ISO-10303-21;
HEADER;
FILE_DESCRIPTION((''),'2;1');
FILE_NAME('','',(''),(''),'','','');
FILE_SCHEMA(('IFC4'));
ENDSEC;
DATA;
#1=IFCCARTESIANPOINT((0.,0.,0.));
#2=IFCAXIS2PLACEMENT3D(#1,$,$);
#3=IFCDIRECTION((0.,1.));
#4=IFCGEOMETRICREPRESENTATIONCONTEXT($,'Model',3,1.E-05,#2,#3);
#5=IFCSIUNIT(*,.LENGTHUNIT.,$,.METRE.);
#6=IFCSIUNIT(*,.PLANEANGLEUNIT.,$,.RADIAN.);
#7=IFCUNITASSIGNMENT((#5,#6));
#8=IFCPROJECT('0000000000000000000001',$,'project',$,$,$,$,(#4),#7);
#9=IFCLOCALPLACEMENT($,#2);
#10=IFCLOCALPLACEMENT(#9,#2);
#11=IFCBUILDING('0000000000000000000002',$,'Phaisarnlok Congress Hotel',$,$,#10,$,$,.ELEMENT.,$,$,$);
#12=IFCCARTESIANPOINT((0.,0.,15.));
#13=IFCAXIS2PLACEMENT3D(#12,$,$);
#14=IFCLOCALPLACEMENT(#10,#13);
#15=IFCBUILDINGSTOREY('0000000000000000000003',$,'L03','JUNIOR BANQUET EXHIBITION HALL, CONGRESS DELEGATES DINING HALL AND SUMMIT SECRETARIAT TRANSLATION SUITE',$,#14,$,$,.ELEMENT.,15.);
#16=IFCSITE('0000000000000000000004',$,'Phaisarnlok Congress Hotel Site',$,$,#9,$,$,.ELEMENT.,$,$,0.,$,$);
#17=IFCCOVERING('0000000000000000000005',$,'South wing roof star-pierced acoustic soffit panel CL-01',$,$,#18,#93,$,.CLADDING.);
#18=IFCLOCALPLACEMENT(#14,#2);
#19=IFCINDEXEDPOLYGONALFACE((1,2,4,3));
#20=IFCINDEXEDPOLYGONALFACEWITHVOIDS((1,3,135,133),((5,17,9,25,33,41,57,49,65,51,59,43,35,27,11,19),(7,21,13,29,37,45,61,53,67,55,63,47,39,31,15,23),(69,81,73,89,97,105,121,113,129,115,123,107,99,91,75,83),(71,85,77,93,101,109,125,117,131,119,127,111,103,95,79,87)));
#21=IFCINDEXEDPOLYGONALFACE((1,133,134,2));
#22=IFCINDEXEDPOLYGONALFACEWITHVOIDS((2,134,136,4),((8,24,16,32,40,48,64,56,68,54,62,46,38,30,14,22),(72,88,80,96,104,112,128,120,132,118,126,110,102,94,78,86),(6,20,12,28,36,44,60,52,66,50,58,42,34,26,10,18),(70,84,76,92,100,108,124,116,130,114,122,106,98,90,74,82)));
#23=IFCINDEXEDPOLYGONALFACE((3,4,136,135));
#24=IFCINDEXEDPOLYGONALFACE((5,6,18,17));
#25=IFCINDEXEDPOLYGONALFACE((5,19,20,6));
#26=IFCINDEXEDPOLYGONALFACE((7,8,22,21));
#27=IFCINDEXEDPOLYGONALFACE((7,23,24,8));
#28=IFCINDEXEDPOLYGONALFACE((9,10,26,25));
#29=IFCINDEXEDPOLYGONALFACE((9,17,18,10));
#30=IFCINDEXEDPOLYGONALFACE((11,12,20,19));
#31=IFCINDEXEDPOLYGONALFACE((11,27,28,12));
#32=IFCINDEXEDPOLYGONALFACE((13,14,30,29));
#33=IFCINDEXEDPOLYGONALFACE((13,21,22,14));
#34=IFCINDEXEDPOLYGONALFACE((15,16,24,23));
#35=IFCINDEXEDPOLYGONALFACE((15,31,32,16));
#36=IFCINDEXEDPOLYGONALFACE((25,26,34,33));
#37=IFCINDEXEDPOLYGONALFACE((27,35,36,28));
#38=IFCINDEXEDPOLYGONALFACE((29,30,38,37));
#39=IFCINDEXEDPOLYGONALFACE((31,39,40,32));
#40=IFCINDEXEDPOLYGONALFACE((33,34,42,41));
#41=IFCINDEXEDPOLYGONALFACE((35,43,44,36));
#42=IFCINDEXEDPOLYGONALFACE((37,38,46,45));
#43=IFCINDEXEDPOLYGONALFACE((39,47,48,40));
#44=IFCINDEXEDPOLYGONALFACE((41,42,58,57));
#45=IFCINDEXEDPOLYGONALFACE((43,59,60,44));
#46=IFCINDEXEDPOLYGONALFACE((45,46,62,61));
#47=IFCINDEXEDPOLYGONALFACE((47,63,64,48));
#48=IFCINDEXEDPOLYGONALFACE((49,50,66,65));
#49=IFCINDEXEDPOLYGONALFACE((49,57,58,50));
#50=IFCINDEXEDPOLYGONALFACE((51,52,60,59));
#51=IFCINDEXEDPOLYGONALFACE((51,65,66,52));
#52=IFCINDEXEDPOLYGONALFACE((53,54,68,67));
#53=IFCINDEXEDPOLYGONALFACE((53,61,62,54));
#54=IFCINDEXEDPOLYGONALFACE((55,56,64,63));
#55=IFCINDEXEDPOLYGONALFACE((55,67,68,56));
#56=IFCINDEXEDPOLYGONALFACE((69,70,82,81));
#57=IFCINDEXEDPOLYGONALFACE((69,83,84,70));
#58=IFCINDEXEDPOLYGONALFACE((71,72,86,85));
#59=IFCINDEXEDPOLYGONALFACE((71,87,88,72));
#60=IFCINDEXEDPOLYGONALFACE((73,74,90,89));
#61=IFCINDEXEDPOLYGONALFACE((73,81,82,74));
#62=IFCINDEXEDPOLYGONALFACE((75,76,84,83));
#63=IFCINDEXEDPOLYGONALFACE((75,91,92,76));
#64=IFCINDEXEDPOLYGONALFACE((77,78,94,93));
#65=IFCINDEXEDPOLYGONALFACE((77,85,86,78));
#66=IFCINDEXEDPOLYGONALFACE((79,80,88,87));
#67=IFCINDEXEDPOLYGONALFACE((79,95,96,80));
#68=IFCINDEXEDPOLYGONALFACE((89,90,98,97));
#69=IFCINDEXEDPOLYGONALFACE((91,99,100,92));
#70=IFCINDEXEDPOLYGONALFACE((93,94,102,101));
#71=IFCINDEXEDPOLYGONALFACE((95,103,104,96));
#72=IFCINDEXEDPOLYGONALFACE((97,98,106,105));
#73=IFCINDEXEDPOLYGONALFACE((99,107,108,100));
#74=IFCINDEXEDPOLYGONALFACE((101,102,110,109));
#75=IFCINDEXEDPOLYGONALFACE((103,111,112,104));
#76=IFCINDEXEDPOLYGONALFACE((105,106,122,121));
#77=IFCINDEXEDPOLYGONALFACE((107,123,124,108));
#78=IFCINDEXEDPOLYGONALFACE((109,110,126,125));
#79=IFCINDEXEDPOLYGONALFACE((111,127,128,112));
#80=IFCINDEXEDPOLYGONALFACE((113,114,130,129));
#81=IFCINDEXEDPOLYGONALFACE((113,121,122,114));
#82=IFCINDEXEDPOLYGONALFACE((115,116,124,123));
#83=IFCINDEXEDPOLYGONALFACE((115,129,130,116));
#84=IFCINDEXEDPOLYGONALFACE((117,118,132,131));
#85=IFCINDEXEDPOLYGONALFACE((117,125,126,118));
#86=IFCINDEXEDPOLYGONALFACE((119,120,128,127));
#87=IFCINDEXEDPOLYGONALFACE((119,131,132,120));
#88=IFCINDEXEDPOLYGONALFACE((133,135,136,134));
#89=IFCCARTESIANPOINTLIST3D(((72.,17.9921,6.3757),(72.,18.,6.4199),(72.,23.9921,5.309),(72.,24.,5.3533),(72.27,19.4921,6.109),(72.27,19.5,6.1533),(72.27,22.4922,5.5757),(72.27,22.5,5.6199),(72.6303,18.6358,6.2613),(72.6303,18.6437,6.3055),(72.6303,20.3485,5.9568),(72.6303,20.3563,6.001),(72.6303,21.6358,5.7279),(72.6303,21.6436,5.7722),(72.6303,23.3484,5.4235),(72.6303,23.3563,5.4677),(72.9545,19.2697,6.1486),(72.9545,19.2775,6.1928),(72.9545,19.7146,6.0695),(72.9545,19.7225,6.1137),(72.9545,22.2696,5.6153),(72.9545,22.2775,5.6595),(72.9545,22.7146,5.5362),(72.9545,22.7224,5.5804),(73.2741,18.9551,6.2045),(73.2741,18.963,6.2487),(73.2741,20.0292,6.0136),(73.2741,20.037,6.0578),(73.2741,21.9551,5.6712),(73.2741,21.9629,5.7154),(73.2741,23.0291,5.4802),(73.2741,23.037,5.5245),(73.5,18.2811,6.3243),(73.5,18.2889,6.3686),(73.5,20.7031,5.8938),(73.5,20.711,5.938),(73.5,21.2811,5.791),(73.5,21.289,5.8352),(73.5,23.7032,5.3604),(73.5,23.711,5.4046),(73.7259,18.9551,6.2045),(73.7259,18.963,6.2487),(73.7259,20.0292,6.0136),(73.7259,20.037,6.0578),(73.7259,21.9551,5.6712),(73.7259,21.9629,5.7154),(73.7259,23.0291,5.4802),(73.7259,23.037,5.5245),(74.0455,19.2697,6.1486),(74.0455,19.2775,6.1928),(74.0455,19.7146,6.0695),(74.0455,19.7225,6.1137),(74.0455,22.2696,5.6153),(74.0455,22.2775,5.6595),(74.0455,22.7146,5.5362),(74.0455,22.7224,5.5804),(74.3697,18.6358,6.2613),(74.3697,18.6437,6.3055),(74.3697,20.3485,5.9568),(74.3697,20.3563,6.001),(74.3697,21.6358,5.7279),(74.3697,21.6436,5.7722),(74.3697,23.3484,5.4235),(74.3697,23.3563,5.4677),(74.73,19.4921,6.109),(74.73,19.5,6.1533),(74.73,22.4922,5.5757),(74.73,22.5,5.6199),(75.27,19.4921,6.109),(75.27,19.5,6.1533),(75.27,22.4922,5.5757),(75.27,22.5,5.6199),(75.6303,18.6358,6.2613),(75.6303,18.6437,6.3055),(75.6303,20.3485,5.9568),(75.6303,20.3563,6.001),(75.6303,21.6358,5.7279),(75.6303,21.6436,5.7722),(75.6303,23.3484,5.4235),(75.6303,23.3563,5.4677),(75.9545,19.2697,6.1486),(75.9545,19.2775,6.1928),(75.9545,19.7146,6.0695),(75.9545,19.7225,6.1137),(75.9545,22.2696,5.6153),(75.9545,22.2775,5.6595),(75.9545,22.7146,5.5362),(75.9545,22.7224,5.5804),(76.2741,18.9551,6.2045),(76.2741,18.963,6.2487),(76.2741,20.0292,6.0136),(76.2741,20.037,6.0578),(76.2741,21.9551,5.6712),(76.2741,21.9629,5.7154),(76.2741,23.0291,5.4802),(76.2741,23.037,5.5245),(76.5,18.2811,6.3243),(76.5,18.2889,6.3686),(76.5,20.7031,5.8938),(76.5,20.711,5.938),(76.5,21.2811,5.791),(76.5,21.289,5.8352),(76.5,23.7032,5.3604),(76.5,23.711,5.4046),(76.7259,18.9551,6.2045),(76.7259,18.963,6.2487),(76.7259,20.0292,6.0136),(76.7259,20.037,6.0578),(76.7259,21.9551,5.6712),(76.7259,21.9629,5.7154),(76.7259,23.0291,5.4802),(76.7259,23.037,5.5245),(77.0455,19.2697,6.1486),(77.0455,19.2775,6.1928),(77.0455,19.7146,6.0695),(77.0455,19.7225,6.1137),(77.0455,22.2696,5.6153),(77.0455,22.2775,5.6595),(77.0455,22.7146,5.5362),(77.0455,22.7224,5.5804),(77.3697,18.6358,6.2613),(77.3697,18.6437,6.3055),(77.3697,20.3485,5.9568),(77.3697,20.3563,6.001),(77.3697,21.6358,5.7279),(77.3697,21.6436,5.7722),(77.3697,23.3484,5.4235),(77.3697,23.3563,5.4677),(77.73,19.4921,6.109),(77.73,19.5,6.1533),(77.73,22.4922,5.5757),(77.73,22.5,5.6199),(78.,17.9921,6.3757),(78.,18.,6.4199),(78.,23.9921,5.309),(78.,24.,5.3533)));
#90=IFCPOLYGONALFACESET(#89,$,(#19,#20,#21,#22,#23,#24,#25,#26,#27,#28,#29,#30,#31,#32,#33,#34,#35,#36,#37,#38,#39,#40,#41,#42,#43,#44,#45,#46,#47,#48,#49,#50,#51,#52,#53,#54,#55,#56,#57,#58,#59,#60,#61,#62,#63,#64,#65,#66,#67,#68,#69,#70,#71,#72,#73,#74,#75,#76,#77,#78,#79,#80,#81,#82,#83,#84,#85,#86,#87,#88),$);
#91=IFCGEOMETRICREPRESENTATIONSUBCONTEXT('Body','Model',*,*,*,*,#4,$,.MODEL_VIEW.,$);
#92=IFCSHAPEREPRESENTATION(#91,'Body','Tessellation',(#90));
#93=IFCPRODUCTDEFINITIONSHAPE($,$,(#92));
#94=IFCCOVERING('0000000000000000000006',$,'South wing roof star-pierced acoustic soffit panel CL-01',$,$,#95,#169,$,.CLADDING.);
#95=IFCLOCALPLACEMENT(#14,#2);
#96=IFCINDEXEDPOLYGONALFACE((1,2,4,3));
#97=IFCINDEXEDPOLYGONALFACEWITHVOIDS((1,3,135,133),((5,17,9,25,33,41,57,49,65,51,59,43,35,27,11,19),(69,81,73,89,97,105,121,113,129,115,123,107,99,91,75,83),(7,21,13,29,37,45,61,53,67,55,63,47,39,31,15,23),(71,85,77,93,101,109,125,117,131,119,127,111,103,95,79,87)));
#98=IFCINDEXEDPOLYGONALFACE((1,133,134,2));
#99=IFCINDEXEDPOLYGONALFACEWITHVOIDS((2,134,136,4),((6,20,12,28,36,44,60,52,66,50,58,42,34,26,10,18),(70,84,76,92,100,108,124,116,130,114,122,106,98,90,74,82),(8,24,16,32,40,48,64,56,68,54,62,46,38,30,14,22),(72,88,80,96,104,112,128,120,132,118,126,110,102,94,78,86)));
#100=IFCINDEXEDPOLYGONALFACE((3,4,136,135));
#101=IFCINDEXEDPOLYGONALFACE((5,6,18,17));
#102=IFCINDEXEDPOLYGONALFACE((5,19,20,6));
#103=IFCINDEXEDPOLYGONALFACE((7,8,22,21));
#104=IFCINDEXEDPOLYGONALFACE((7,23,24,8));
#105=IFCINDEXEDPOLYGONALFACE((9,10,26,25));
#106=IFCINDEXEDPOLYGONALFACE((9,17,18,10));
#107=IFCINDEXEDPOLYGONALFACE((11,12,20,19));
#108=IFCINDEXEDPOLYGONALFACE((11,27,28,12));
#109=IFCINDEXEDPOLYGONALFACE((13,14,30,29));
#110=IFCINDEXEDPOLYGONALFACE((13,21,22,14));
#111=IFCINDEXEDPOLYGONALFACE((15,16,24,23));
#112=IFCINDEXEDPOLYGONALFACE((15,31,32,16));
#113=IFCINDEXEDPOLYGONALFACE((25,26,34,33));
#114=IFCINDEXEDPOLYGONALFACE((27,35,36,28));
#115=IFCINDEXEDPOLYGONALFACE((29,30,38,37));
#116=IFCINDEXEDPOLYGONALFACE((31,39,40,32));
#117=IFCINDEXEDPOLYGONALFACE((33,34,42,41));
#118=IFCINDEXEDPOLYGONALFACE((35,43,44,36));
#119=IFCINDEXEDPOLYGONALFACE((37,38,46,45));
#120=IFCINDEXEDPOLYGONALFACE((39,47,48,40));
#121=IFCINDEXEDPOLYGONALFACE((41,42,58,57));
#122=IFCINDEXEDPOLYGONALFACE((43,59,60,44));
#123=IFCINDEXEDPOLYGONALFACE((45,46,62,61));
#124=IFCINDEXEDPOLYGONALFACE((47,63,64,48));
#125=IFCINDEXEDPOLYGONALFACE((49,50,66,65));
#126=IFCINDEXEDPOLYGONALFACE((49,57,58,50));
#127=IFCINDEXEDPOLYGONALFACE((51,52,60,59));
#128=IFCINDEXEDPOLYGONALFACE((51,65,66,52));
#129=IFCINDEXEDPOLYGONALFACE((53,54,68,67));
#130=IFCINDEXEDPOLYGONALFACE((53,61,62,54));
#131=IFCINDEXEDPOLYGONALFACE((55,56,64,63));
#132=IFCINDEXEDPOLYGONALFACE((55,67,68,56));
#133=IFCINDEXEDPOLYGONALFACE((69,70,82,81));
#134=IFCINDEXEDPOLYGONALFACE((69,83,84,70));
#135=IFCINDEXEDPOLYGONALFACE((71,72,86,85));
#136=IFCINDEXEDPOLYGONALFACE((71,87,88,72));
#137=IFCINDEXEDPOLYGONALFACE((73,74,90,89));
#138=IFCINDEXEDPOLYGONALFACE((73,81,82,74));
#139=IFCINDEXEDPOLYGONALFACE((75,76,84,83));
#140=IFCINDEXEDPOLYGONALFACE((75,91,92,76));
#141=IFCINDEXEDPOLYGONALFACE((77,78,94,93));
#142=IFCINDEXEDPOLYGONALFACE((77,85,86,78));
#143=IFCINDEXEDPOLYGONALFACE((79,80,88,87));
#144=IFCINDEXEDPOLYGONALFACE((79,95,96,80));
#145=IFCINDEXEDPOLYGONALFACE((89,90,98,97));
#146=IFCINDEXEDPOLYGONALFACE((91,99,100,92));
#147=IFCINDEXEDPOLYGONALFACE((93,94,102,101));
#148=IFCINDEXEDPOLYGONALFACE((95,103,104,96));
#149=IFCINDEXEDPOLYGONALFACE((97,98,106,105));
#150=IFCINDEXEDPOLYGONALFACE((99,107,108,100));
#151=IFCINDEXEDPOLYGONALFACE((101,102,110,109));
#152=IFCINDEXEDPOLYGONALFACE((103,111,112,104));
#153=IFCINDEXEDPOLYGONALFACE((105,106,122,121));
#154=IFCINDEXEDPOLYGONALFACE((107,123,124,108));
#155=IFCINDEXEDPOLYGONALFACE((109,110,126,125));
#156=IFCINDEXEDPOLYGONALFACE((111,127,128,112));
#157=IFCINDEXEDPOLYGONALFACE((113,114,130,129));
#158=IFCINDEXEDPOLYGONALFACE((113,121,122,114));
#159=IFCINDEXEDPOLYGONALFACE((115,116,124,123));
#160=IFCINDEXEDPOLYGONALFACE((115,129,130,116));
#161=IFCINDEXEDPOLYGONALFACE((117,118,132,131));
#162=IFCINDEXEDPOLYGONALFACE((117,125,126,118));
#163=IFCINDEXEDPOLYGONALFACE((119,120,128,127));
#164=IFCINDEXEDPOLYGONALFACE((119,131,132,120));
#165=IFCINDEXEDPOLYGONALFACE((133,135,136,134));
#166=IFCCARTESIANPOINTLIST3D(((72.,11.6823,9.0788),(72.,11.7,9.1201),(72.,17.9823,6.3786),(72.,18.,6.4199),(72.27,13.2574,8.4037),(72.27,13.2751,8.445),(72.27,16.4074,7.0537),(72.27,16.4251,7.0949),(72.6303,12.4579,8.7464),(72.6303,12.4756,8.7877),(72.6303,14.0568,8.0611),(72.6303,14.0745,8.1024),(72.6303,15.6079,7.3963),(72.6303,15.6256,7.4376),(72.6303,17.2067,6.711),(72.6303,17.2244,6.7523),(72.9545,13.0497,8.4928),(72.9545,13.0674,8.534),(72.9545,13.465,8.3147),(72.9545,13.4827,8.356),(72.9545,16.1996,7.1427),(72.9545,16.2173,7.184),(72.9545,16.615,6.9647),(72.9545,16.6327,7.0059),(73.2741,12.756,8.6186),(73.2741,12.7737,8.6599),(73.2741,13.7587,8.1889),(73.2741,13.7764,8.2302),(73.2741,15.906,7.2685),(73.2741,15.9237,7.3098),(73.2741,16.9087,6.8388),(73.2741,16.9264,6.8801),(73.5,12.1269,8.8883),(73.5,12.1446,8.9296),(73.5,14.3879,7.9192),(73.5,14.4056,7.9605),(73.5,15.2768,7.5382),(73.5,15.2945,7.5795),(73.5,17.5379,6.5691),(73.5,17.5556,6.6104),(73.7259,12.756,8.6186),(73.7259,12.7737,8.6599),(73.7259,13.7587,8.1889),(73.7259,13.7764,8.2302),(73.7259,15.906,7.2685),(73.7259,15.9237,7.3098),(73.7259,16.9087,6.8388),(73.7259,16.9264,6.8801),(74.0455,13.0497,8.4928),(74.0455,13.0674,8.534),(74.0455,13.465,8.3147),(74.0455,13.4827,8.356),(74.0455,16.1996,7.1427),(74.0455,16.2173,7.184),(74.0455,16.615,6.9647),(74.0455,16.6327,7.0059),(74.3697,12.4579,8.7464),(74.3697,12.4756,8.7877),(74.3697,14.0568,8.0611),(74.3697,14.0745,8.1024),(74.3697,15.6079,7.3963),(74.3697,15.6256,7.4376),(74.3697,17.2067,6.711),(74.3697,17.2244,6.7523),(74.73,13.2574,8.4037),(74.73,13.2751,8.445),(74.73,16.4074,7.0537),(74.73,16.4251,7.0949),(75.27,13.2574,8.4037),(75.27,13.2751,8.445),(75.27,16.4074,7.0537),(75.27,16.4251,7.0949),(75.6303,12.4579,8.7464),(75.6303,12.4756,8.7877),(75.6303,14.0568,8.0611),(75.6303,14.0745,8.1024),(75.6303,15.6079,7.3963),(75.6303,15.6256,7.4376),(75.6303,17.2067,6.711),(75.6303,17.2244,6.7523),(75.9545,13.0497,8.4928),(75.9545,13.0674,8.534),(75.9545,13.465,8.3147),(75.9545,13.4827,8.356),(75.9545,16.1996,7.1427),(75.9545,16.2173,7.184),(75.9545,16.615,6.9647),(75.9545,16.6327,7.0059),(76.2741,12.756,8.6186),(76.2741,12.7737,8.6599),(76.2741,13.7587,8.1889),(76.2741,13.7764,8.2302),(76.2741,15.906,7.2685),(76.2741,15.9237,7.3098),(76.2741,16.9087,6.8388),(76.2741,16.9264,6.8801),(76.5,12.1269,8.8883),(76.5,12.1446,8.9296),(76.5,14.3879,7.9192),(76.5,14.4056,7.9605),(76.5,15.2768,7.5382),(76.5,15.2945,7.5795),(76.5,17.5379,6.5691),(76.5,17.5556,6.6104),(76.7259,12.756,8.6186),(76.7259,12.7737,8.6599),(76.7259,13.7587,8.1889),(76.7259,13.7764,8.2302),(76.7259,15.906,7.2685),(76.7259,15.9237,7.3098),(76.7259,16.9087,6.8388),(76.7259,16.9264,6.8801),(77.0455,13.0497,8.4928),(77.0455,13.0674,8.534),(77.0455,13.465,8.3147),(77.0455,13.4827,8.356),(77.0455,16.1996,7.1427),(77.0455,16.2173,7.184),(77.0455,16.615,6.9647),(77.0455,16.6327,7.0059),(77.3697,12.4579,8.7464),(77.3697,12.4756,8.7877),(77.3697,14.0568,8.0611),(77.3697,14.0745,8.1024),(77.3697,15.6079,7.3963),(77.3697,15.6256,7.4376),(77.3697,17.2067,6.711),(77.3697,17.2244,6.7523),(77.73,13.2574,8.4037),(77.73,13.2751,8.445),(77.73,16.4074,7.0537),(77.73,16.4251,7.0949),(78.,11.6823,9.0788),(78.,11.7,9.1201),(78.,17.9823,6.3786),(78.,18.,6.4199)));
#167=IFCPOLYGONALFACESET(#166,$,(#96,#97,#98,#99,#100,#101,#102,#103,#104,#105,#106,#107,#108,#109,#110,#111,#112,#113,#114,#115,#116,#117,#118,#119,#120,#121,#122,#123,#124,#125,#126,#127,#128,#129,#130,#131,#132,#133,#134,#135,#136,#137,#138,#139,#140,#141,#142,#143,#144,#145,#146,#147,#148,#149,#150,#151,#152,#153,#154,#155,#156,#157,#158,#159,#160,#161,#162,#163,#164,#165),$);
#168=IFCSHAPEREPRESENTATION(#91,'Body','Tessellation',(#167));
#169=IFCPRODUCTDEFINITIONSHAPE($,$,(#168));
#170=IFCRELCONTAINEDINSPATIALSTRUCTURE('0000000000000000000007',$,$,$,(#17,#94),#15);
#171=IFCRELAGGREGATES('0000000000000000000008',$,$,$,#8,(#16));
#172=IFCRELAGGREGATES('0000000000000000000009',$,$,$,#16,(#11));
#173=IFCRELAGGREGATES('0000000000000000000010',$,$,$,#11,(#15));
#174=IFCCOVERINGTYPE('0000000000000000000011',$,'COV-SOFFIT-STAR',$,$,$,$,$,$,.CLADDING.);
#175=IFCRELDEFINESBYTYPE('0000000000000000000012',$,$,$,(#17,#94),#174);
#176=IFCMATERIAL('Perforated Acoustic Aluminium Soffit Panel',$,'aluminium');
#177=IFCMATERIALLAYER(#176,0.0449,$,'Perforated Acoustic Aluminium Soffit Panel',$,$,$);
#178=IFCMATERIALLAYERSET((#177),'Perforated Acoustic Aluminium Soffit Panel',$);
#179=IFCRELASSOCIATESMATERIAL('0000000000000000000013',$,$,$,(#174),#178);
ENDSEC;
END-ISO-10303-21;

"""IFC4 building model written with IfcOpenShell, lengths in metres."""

from ifc_helpers import new_model, si_unit, direction, frame, origin, place, context, subcontext, project, spatial, polyline, outline, extrude, material, layer, layer_set, type_object, element, save


model = new_model("IFC4")

# Units and contexts
model_context = context("Model", 3, precision=1e-05, world=origin(), true_north=direction((0.0, 1.0)))
body_context = subcontext(model_context, "Body", "Model", "MODEL_VIEW")
ifc_project = project(units=[si_unit("LENGTHUNIT", "METRE"), si_unit("PLANEANGLEUNIT", "RADIAN")], contexts=[model_context])

# Site, building, storey
site_placement = place(None, origin())
site = spatial("IfcSite", under=ifc_project, at=site_placement, Name="Phaisarnlok Congress Hotel Site", CompositionType="ELEMENT", RefElevation=0.0)
building_placement = place(site_placement, origin())
building = spatial("IfcBuilding", under=site, at=building_placement, Name="Phaisarnlok Congress Hotel", CompositionType="ELEMENT")
storey_placement = place(building_placement, frame((0.0, 0.0, 15.0)))
storey = spatial("IfcBuildingStorey", under=building, at=storey_placement, Name="L03", Description="JUNIOR BANQUET EXHIBITION HALL, CONGRESS DELEGATES DINING HALL AND SUMMIT SECRETARIAT TRANSLATION SUITE", CompositionType="ELEMENT", Elevation=15.0)

# Coverings
ifc_material_1 = material(Name="Perforated Acoustic Aluminium Soffit Panel", Category="aluminium")
ifc_layer_1 = layer(ifc_material_1, 0.0449, Name="Perforated Acoustic Aluminium Soffit Panel")
ifc_layer_set_1 = layer_set([ifc_layer_1], Name="Perforated Acoustic Aluminium Soffit Panel")
covering_type = type_object("IfcCoveringType", Name="COV-SOFFIT-STAR", PredefinedType="CLADDING", material=ifc_layer_set_1)
covering_1_placement = place(storey_placement, frame((72.0, 24.0, 5.3533), z_axis=(0.0, -0.175031, -0.984563), x_axis=(1.0, 0.0, 0.0)))
element("IfcCovering", 1, at=covering_1_placement, inside=storey, type_object=covering_type, Name="South wing roof star-pierced acoustic soffit panel CL-01", PredefinedType="CLADDING", context=body_context, shape_type="SweptSolid", body=[
    extrude(outline(polyline([(0.0, 0.0), (6.0, 0.0), (6.0, 6.0941), (0.0, 6.0941), (0.0, 0.0)]), holes=[polyline([(2.0455, 1.2976), (2.3697, 0.6538), (1.7259, 0.9781), (1.5, 0.2935), (1.2741, 0.9781), (0.6303, 0.6538), (0.9545, 1.2976), (0.27, 1.5235), (0.9545, 1.7495), (0.6303, 2.3933), (1.2741, 2.069), (1.5, 2.7535), (1.7259, 2.069), (2.3697, 2.3933), (2.0455, 1.7495), (2.73, 1.5235), (2.0455, 1.2976)]), polyline([(2.0455, 4.3446), (2.3697, 3.7008), (1.7259, 4.0251), (1.5, 3.3406), (1.2741, 4.0251), (0.6303, 3.7008), (0.9545, 4.3446), (0.27, 4.5706), (0.9545, 4.7965), (0.6303, 5.4403), (1.2741, 5.116), (1.5, 5.8006), (1.7259, 5.116), (2.3697, 5.4403), (2.0455, 4.7965), (2.73, 4.5706), (2.0455, 4.3446)]), polyline([(5.0455, 1.2976), (5.3697, 0.6538), (4.7259, 0.9781), (4.5, 0.2935), (4.2741, 0.9781), (3.6303, 0.6538), (3.9545, 1.2976), (3.27, 1.5235), (3.9545, 1.7495), (3.6303, 2.3933), (4.2741, 2.069), (4.5, 2.7535), (4.7259, 2.069), (5.3697, 2.3933), (5.0455, 1.7495), (5.73, 1.5235), (5.0455, 1.2976)]), polyline([(5.0455, 4.3446), (5.3697, 3.7008), (4.7259, 4.0251), (4.5, 3.3406), (4.2741, 4.0251), (3.6303, 3.7008), (3.9545, 4.3446), (3.27, 4.5706), (3.9545, 4.7965), (3.6303, 5.4403), (4.2741, 5.116), (4.5, 5.8006), (4.7259, 5.116), (5.3697, 5.4403), (5.0455, 4.7965), (5.73, 4.5706), (5.0455, 4.3446)])]), origin(), (0.0, 0.0, 1.0), 0.0449),
])
covering_2_placement = place(storey_placement, frame((72.0, 18.0, 6.4199), z_axis=(0.0, -0.393941, -0.919136), x_axis=(1.0, 0.0, 0.0)))
element("IfcCovering", 2, at=covering_2_placement, inside=storey, type_object=covering_type, Name="South wing roof star-pierced acoustic soffit panel CL-01", PredefinedType="CLADDING", context=body_context, shape_type="SweptSolid", body=[
    extrude(outline(polyline([(0.0, 0.0), (6.0, 0.0), (6.0, 6.8543), (0.0, 6.8543), (0.0, 0.0)]), holes=[polyline([(2.0455, 1.4876), (2.3697, 0.8438), (1.7259, 1.1681), (1.5, 0.4835), (1.2741, 1.1681), (0.6303, 0.8438), (0.9545, 1.4876), (0.27, 1.7135), (0.9545, 1.9395), (0.6303, 2.5833), (1.2741, 2.259), (1.5, 2.9435), (1.7259, 2.259), (2.3697, 2.5833), (2.0455, 1.9395), (2.73, 1.7135), (2.0455, 1.4876)]), polyline([(2.0455, 4.9147), (2.3697, 4.2709), (1.7259, 4.5952), (1.5, 3.9106), (1.2741, 4.5952), (0.6303, 4.2709), (0.9545, 4.9147), (0.27, 5.1406), (0.9545, 5.3666), (0.6303, 6.0104), (1.2741, 5.6861), (1.5, 6.3706), (1.7259, 5.6861), (2.3697, 6.0104), (2.0455, 5.3666), (2.73, 5.1406), (2.0455, 4.9147)]), polyline([(5.0455, 1.4876), (5.3697, 0.8438), (4.7259, 1.1681), (4.5, 0.4835), (4.2741, 1.1681), (3.6303, 0.8438), (3.9545, 1.4876), (3.27, 1.7135), (3.9545, 1.9395), (3.6303, 2.5833), (4.2741, 2.259), (4.5, 2.9435), (4.7259, 2.259), (5.3697, 2.5833), (5.0455, 1.9395), (5.73, 1.7135), (5.0455, 1.4876)]), polyline([(5.0455, 4.9147), (5.3697, 4.2709), (4.7259, 4.5952), (4.5, 3.9106), (4.2741, 4.5952), (3.6303, 4.2709), (3.9545, 4.9147), (3.27, 5.1406), (3.9545, 5.3666), (3.6303, 6.0104), (4.2741, 5.6861), (4.5, 6.3706), (4.7259, 5.6861), (5.3697, 6.0104), (5.0455, 5.3666), (5.73, 5.1406), (5.0455, 4.9147)])]), origin(), (0.0, 0.0, 1.0), 0.0449),
])

save(model, "model.ifc")
